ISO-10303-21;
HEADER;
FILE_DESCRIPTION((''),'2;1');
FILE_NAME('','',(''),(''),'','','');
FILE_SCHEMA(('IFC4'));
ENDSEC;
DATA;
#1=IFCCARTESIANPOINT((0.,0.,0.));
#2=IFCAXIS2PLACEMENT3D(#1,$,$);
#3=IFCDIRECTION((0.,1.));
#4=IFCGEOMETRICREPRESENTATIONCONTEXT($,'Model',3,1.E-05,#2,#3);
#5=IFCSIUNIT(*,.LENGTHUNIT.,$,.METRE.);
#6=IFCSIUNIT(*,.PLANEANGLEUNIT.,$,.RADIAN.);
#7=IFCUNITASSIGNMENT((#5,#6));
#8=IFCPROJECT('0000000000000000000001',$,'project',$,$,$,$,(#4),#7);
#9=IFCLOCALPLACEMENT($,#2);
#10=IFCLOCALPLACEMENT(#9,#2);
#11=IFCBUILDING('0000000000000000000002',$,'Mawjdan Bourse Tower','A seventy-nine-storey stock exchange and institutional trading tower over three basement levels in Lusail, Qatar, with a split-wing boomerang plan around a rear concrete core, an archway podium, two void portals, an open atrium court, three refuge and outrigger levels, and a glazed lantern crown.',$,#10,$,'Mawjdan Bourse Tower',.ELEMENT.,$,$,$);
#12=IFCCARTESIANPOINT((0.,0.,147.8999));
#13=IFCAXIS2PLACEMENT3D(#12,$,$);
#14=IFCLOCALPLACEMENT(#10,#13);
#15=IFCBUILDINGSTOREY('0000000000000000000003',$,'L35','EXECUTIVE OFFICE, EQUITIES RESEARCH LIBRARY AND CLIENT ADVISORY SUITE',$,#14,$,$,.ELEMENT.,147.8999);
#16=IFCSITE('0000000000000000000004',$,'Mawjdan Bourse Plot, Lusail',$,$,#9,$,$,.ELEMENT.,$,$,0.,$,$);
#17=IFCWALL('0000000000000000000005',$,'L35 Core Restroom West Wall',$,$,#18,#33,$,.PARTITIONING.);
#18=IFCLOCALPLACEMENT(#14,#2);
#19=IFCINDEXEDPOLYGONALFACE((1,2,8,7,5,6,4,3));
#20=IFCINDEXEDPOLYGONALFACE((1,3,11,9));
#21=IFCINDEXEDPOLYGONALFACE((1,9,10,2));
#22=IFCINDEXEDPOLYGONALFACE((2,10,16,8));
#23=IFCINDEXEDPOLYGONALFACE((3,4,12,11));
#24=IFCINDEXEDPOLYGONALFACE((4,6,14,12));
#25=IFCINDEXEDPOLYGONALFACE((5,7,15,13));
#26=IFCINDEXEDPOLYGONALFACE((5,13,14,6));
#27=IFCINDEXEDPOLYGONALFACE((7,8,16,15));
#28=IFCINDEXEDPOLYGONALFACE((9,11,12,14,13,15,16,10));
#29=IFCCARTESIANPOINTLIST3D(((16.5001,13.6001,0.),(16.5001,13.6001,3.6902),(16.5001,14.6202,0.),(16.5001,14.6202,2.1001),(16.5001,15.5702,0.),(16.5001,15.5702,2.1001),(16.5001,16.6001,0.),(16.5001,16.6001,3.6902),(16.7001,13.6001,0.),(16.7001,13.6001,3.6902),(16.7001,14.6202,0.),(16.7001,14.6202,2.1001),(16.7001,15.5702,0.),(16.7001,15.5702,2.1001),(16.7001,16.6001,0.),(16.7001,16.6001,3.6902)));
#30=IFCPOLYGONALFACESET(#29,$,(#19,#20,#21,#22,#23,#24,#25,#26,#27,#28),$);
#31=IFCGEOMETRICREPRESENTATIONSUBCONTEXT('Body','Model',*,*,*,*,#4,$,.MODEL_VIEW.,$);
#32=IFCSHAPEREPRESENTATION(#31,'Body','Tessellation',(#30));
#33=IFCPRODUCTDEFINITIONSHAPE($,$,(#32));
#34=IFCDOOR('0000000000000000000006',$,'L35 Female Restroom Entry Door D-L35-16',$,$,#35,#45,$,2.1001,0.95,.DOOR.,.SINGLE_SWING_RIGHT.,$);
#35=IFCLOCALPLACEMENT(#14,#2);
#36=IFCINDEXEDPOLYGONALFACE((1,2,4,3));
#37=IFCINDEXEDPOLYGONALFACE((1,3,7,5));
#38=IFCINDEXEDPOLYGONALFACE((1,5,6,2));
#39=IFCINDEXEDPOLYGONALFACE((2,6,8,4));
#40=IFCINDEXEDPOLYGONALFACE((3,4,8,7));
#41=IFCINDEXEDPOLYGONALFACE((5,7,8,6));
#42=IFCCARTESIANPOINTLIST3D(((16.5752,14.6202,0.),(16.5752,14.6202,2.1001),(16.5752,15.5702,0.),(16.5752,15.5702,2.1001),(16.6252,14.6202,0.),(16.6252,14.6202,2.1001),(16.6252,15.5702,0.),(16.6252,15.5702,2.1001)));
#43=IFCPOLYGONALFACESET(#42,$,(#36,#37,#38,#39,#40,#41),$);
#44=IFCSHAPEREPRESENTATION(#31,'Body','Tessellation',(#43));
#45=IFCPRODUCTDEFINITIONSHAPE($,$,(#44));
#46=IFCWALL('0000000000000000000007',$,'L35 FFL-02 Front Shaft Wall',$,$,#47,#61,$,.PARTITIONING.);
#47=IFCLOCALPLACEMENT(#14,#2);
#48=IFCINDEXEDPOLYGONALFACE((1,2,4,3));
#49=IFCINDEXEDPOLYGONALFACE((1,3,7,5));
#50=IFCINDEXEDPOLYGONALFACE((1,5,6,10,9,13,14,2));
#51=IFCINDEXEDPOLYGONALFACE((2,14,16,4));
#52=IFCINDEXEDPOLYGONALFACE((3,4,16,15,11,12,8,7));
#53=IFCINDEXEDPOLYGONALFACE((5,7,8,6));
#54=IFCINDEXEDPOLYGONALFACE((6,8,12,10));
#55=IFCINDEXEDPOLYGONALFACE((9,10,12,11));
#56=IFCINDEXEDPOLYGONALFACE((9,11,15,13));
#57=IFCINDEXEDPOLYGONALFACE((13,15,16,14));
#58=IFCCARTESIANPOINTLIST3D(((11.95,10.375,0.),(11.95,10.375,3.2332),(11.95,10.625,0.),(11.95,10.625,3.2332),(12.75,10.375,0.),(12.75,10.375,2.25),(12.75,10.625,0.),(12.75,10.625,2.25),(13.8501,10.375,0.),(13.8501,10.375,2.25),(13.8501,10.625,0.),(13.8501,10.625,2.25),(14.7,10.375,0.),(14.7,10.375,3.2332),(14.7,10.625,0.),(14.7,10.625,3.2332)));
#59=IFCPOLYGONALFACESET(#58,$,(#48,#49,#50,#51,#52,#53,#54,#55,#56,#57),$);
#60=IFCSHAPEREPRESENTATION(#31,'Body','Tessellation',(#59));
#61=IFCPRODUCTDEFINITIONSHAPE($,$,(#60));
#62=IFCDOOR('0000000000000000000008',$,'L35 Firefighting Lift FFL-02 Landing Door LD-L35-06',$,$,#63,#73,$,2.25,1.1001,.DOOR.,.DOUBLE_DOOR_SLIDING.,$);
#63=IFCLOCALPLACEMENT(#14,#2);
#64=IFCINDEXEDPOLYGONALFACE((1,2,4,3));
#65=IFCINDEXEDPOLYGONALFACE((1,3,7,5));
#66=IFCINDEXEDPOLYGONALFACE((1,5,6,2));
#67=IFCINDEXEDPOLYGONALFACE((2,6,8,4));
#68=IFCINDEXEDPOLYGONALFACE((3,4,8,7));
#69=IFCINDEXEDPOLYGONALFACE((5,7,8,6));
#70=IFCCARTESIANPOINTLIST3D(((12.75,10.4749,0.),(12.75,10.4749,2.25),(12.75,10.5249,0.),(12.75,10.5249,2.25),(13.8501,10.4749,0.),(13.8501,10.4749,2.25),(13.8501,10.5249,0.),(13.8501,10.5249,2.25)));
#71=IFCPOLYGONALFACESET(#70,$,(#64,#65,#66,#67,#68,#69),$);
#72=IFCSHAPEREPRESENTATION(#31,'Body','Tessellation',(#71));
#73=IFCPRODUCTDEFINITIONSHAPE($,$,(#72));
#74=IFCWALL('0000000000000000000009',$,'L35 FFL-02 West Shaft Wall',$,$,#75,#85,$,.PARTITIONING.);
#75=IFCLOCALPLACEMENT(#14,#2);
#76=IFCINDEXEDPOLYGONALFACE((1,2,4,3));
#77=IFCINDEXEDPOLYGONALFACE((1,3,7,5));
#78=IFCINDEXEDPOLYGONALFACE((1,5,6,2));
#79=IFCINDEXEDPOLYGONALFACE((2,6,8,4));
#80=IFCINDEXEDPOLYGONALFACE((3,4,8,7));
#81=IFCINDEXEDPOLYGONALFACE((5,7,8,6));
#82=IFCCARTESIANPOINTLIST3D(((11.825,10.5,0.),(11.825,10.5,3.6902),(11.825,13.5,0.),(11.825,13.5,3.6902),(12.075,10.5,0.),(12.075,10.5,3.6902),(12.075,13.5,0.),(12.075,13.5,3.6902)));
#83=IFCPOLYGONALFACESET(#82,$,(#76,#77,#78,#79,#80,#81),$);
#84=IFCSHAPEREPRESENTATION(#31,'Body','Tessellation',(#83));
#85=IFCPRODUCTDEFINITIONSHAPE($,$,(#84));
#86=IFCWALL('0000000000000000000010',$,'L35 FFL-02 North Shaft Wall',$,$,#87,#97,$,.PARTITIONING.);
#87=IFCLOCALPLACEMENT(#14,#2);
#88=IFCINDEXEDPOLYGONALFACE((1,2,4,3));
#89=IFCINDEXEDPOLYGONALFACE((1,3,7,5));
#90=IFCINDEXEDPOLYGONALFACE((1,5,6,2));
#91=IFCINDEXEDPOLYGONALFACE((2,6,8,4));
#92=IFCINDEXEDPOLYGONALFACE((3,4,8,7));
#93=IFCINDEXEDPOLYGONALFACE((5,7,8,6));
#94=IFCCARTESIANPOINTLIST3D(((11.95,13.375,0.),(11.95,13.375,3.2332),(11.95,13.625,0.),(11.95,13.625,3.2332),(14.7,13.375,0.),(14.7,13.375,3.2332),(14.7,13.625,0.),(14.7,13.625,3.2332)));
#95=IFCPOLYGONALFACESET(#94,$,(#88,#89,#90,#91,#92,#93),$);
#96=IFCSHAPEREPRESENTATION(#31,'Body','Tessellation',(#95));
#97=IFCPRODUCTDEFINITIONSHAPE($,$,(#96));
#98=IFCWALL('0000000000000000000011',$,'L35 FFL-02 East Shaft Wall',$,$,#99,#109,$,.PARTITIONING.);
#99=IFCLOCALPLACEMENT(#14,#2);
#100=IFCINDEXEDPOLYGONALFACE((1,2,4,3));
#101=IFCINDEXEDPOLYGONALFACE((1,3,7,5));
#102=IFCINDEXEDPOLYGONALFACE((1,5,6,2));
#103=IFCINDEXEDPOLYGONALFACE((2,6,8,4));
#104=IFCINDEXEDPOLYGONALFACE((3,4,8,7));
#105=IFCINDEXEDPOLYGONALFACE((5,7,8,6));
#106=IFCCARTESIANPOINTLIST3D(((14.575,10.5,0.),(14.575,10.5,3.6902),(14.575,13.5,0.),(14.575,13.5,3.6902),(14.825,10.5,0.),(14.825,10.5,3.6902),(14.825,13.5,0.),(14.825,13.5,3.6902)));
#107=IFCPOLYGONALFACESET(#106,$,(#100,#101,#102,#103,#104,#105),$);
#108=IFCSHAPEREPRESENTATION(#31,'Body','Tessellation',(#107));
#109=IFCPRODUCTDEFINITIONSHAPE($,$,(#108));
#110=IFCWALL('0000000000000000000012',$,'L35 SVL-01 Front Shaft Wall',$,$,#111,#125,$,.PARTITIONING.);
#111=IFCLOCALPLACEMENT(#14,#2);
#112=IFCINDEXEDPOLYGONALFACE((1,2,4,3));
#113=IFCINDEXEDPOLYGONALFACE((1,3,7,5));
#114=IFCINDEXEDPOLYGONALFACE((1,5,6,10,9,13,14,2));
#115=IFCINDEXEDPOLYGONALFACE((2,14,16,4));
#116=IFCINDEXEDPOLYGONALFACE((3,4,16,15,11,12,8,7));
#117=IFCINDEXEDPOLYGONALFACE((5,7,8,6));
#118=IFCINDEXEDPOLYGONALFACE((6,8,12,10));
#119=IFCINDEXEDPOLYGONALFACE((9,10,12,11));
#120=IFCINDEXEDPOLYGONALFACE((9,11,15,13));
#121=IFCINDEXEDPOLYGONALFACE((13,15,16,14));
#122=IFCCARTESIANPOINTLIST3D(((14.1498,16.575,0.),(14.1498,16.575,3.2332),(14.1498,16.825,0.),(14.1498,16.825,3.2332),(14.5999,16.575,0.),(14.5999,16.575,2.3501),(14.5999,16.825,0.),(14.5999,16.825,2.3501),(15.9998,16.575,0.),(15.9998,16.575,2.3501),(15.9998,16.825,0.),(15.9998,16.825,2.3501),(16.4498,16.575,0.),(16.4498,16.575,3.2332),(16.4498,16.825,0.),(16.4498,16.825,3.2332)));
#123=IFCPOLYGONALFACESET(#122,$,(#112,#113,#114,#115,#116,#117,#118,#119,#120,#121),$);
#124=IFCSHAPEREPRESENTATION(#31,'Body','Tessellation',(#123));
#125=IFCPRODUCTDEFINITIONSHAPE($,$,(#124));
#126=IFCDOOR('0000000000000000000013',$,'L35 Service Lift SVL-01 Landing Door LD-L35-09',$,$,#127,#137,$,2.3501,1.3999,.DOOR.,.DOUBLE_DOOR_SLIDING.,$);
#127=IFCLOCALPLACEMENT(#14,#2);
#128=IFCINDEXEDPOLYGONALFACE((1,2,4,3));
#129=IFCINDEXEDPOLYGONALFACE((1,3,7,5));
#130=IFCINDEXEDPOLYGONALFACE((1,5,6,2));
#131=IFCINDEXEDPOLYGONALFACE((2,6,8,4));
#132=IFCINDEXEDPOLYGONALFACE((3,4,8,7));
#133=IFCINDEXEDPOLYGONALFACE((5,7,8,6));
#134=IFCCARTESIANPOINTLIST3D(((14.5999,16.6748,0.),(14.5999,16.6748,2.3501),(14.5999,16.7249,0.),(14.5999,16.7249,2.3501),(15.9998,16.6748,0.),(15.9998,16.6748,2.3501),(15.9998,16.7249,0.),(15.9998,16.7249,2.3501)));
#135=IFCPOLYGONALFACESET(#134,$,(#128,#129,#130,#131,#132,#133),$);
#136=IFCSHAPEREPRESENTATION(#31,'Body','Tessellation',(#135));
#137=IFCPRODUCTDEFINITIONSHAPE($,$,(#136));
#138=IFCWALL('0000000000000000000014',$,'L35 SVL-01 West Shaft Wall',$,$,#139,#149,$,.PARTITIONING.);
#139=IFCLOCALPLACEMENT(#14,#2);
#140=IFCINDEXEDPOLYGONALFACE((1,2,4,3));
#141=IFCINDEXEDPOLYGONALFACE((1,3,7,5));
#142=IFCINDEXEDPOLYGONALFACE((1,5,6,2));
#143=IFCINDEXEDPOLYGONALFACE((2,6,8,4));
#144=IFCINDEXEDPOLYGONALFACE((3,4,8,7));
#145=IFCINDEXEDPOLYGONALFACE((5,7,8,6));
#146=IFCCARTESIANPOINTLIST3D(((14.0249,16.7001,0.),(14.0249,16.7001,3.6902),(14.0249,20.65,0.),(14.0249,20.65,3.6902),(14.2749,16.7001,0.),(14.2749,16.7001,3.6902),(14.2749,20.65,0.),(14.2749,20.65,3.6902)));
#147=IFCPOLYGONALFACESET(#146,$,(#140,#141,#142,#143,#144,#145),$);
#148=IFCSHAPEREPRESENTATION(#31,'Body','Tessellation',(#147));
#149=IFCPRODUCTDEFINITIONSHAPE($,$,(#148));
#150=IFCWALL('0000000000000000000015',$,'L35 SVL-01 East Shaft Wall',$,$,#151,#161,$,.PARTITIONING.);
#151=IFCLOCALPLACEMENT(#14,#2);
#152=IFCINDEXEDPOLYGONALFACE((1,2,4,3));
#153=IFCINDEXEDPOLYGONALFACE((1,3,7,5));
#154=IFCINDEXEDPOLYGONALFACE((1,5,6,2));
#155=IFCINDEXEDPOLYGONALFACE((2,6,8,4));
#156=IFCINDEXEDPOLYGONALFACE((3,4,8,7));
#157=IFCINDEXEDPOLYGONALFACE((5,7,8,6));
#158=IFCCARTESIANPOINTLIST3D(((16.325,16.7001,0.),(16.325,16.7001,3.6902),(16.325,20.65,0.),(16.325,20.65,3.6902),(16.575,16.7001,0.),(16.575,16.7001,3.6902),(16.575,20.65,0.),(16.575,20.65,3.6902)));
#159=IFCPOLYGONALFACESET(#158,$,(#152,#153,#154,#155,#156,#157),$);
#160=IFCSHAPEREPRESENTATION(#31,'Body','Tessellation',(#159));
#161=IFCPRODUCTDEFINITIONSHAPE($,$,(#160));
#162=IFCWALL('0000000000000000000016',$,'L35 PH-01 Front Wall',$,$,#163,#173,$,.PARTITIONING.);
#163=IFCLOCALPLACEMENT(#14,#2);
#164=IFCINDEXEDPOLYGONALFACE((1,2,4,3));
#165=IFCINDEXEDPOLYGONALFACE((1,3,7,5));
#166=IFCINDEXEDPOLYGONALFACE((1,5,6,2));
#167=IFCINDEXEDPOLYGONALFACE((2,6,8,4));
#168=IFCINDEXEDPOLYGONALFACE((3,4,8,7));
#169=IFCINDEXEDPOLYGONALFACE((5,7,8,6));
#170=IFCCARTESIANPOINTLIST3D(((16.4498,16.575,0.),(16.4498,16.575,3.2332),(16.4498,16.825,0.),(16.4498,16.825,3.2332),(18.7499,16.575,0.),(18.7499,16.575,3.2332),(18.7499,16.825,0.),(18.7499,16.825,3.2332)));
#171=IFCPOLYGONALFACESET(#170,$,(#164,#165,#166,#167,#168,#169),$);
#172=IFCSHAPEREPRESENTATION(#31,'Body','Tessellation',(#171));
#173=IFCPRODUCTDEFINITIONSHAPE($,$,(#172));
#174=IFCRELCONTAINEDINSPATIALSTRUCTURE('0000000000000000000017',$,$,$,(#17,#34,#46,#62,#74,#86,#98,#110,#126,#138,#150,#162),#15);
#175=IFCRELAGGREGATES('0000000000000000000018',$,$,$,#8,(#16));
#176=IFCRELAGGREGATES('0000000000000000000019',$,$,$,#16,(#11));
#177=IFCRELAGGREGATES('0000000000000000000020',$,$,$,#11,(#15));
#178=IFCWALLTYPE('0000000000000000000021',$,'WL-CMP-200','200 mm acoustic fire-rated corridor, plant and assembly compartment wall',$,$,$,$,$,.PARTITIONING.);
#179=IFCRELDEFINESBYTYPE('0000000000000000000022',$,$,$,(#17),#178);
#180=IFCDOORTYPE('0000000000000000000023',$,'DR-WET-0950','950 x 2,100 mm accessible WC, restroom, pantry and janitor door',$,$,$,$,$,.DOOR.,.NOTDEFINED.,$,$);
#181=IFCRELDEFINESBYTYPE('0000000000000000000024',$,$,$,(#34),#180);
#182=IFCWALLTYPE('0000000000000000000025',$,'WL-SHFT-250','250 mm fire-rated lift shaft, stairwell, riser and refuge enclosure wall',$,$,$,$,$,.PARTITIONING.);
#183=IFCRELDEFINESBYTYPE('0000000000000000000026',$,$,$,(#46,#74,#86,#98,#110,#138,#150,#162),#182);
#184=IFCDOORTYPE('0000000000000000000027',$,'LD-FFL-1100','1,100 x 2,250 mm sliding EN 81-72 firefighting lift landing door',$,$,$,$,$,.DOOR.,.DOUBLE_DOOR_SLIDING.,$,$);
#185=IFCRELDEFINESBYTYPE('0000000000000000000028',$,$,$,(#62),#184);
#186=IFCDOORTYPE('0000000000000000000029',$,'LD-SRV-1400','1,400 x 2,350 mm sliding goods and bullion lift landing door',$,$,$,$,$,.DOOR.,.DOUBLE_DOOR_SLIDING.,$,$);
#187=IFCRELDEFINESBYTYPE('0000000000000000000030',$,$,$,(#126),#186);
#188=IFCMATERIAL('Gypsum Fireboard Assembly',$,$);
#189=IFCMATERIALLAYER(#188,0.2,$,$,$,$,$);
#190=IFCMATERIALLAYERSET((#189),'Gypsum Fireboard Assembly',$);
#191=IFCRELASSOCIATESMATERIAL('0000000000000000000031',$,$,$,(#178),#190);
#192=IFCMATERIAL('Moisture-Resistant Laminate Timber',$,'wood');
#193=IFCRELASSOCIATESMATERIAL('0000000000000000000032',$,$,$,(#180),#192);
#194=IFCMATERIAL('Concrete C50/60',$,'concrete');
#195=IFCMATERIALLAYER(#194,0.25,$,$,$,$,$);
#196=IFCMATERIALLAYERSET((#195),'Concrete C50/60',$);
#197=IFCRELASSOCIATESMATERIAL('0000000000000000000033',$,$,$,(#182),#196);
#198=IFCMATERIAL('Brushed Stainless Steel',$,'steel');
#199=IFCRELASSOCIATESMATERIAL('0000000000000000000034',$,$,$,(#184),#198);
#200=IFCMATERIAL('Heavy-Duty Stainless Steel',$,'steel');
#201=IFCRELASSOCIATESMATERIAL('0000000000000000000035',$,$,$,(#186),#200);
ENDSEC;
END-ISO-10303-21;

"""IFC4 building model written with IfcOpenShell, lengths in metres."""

from ifc_helpers import new_model, si_unit, direction, frame, frame_2d, origin, place, context, subcontext, project, spatial, rectangle, extrude, material, layer, layer_set, type_object, element, fill, save


model = new_model("IFC4")

# Units and contexts
model_context = context("Model", 3, precision=1e-05, world=origin(), true_north=direction((0.0, 1.0)))
body_context = subcontext(model_context, "Body", "Model", "MODEL_VIEW")
ifc_project = project(units=[si_unit("LENGTHUNIT", "METRE"), si_unit("PLANEANGLEUNIT", "RADIAN")], contexts=[model_context])

# Site, building, storey
site_placement = place(None, origin())
site = spatial("IfcSite", under=ifc_project, at=site_placement, Name="Mawjdan Bourse Plot, Lusail", CompositionType="ELEMENT", RefElevation=0.0)
building_placement = place(site_placement, origin())
building = spatial("IfcBuilding", under=site, at=building_placement, Name="Mawjdan Bourse Tower", Description="A seventy-nine-storey stock exchange and institutional trading tower over three basement levels in Lusail, Qatar, with a split-wing boomerang plan around a rear concrete core, an archway podium, two void portals, an open atrium court, three refuge and outrigger levels, and a glazed lantern crown.", LongName="Mawjdan Bourse Tower", CompositionType="ELEMENT")
storey_placement = place(building_placement, frame((0.0, 0.0, 147.8999)))
storey = spatial("IfcBuildingStorey", under=building, at=storey_placement, Name="L35", Description="EXECUTIVE OFFICE, EQUITIES RESEARCH LIBRARY AND CLIENT ADVISORY SUITE", CompositionType="ELEMENT", Elevation=147.8999)

# Walls, openings, doors
ifc_material_1 = material(Name="Gypsum Fireboard Assembly")
ifc_layer_1 = layer(ifc_material_1, 0.2)
ifc_layer_set_1 = layer_set([ifc_layer_1], Name="Gypsum Fireboard Assembly")
wall_type_1 = type_object("IfcWallType", Name="WL-CMP-200", Description="200 mm acoustic fire-rated corridor, plant and assembly compartment wall", PredefinedType="PARTITIONING", material=ifc_layer_set_1)
wall_1_placement = place(storey_placement, frame((16.6001, 13.6001, 0.0), z_axis=(0.0, 0.0, 1.0), x_axis=(0.0, 1.0, 0.0)))
wall_1 = element("IfcWall", 1, at=wall_1_placement, inside=storey, type_object=wall_type_1, Name="L35 Core Restroom West Wall", PredefinedType="PARTITIONING", context=body_context, shape_type="SweptSolid", body=[
    extrude(rectangle(XDim=3.0, YDim=0.2, at=frame_2d((1.5, 0.0))), origin(), (0.0, 0.0, 1.0), 3.6902),
])
opening_1_placement = place(wall_1_placement, frame((1.02, 0.0, 0.0)))
opening_1 = element("IfcOpeningElement", 2, at=opening_1_placement, cuts=wall_1, PredefinedType="OPENING", context=body_context, shape_type="SweptSolid", body=[
    extrude(rectangle(XDim=0.95, YDim=2.1001, at=frame_2d((0.4751, 1.05))), frame((0.0, 0.1099, 0.0), z_axis=(0.0, -1.0, 0.0), x_axis=(1.0, 0.0, 0.0)), (0.0, 0.0, 1.0), 0.22),
])
ifc_material_2 = material(Name="Moisture-Resistant Laminate Timber", Category="wood")
door_type_1 = type_object("IfcDoorType", Name="DR-WET-0950", Description="950 x 2,100 mm accessible WC, restroom, pantry and janitor door", OperationType="NOTDEFINED", PredefinedType="DOOR", material=ifc_material_2)
door_1_placement = place(opening_1_placement, origin())
door_1 = element("IfcDoor", 3, at=door_1_placement, inside=storey, type_object=door_type_1, Name="L35 Female Restroom Entry Door D-L35-16", OperationType="SINGLE_SWING_RIGHT", OverallHeight=2.1001, OverallWidth=0.95, PredefinedType="DOOR", context=body_context, shape_type="SweptSolid", body=[
    extrude(rectangle(XDim=0.95, YDim=2.1001, at=frame_2d((0.4751, 1.05))), frame((0.0, 0.0249, 0.0), z_axis=(0.0, -1.0, 0.0), x_axis=(1.0, 0.0, 0.0)), (0.0, 0.0, 1.0), 0.05),
])
fill(opening_1, door_1)
ifc_material_3 = material(Name="Concrete C50/60", Category="concrete")
ifc_layer_2 = layer(ifc_material_3, 0.25)
ifc_layer_set_2 = layer_set([ifc_layer_2], Name="Concrete C50/60")
wall_type_2 = type_object("IfcWallType", Name="WL-SHFT-250", Description="250 mm fire-rated lift shaft, stairwell, riser and refuge enclosure wall", PredefinedType="PARTITIONING", material=ifc_layer_set_2)
wall_2_placement = place(storey_placement, frame((11.95, 10.5, 0.0), z_axis=(0.0, 0.0, 1.0), x_axis=(1.0, 0.0, 0.0)))
wall_2 = element("IfcWall", 4, at=wall_2_placement, inside=storey, type_object=wall_type_2, Name="L35 FFL-02 Front Shaft Wall", PredefinedType="PARTITIONING", context=body_context, shape_type="SweptSolid", body=[
    extrude(rectangle(XDim=2.75, YDim=0.25, at=frame_2d((1.375, 0.0))), origin(), (0.0, 0.0, 1.0), 3.2332),
])
opening_2_placement = place(wall_2_placement, frame((0.8, 0.0, 0.0)))
opening_2 = element("IfcOpeningElement", 5, at=opening_2_placement, cuts=wall_2, PredefinedType="OPENING", context=body_context, shape_type="SweptSolid", body=[
    extrude(rectangle(XDim=1.1001, YDim=2.25, at=frame_2d((0.55, 1.125))), frame((0.0, 0.135, 0.0), z_axis=(0.0, -1.0, 0.0), x_axis=(1.0, 0.0, 0.0)), (0.0, 0.0, 1.0), 0.27),
])
ifc_material_4 = material(Name="Brushed Stainless Steel", Category="steel")
door_type_2 = type_object("IfcDoorType", Name="LD-FFL-1100", Description="1,100 x 2,250 mm sliding EN 81-72 firefighting lift landing door", OperationType="DOUBLE_DOOR_SLIDING", PredefinedType="DOOR", material=ifc_material_4)
door_2_placement = place(opening_2_placement, origin())
door_2 = element("IfcDoor", 6, at=door_2_placement, inside=storey, type_object=door_type_2, Name="L35 Firefighting Lift FFL-02 Landing Door LD-L35-06", OperationType="DOUBLE_DOOR_SLIDING", OverallHeight=2.25, OverallWidth=1.1001, PredefinedType="DOOR", context=body_context, shape_type="SweptSolid", body=[
    extrude(rectangle(XDim=1.1001, YDim=2.25, at=frame_2d((0.55, 1.125))), frame((0.0, 0.0249, 0.0), z_axis=(0.0, -1.0, 0.0), x_axis=(1.0, 0.0, 0.0)), (0.0, 0.0, 1.0), 0.05),
])
fill(opening_2, door_2)

# Walls
wall_3_placement = place(storey_placement, frame((11.95, 10.5, 0.0), z_axis=(0.0, 0.0, 1.0), x_axis=(0.0, 1.0, 0.0)))
element("IfcWall", 7, at=wall_3_placement, inside=storey, type_object=wall_type_2, Name="L35 FFL-02 West Shaft Wall", PredefinedType="PARTITIONING", context=body_context, shape_type="SweptSolid", body=[
    extrude(rectangle(XDim=3.0, YDim=0.25, at=frame_2d((1.5, 0.0))), origin(), (0.0, 0.0, 1.0), 3.6902),
])
wall_4_placement = place(storey_placement, frame((11.95, 13.5, 0.0), z_axis=(0.0, 0.0, 1.0), x_axis=(1.0, 0.0, 0.0)))
element("IfcWall", 8, at=wall_4_placement, inside=storey, type_object=wall_type_2, Name="L35 FFL-02 North Shaft Wall", PredefinedType="PARTITIONING", context=body_context, shape_type="SweptSolid", body=[
    extrude(rectangle(XDim=2.75, YDim=0.25, at=frame_2d((1.375, 0.0))), origin(), (0.0, 0.0, 1.0), 3.2332),
])
wall_5_placement = place(storey_placement, frame((14.7, 10.5, 0.0), z_axis=(0.0, 0.0, 1.0), x_axis=(0.0, 1.0, 0.0)))
element("IfcWall", 9, at=wall_5_placement, inside=storey, type_object=wall_type_2, Name="L35 FFL-02 East Shaft Wall", PredefinedType="PARTITIONING", context=body_context, shape_type="SweptSolid", body=[
    extrude(rectangle(XDim=3.0, YDim=0.25, at=frame_2d((1.5, 0.0))), origin(), (0.0, 0.0, 1.0), 3.6902),
])

# Wall, opening, door
wall_6_placement = place(storey_placement, frame((14.1499, 16.7, 0.0), z_axis=(0.0, 0.0, 1.0), x_axis=(1.0, 0.0, 0.0)))
wall_6 = element("IfcWall", 10, at=wall_6_placement, inside=storey, type_object=wall_type_2, Name="L35 SVL-01 Front Shaft Wall", PredefinedType="PARTITIONING", context=body_context, shape_type="SweptSolid", body=[
    extrude(rectangle(XDim=2.3, YDim=0.25, at=frame_2d((1.1499, 0.0))), origin(), (0.0, 0.0, 1.0), 3.2332),
])
opening_3_placement = place(wall_6_placement, frame((0.45, 0.0, 0.0)))
opening_3 = element("IfcOpeningElement", 11, at=opening_3_placement, cuts=wall_6, PredefinedType="OPENING", context=body_context, shape_type="SweptSolid", body=[
    extrude(rectangle(XDim=1.3999, YDim=2.3501, at=frame_2d((0.7, 1.175))), frame((0.0, 0.135, 0.0), z_axis=(0.0, -1.0, 0.0), x_axis=(1.0, 0.0, 0.0)), (0.0, 0.0, 1.0), 0.27),
])
ifc_material_5 = material(Name="Heavy-Duty Stainless Steel", Category="steel")
door_type_3 = type_object("IfcDoorType", Name="LD-SRV-1400", Description="1,400 x 2,350 mm sliding goods and bullion lift landing door", OperationType="DOUBLE_DOOR_SLIDING", PredefinedType="DOOR", material=ifc_material_5)
door_3_placement = place(opening_3_placement, origin())
door_3 = element("IfcDoor", 12, at=door_3_placement, inside=storey, type_object=door_type_3, Name="L35 Service Lift SVL-01 Landing Door LD-L35-09", OperationType="DOUBLE_DOOR_SLIDING", OverallHeight=2.3501, OverallWidth=1.3999, PredefinedType="DOOR", context=body_context, shape_type="SweptSolid", body=[
    extrude(rectangle(XDim=1.3999, YDim=2.3501, at=frame_2d((0.7, 1.175))), frame((0.0, 0.0249, 0.0), z_axis=(0.0, -1.0, 0.0), x_axis=(1.0, 0.0, 0.0)), (0.0, 0.0, 1.0), 0.05),
])
fill(opening_3, door_3)

# Walls
for number, where, z_axis, x_axis, name in (
    (13, (14.1499, 16.7, 0.0), (0.0, 0.0, 1.0), (0.0, 1.0, 0.0), "L35 SVL-01 West Shaft Wall"),
    (14, (16.45, 16.7, 0.0), (0.0, 0.0, 1.0), (0.0, 1.0, 0.0), "L35 SVL-01 East Shaft Wall"),
):
    element("IfcWall", number, at=place(storey_placement, frame(where, z_axis=z_axis, x_axis=x_axis)), inside=storey, type_object=wall_type_2, Name=name, PredefinedType="PARTITIONING", context=body_context, shape_type="SweptSolid", body=[
        extrude(rectangle(XDim=3.95, YDim=0.25, at=frame_2d((1.9751, 0.0))), origin(), (0.0, 0.0, 1.0), 3.6902),
    ])
wall_7_placement = place(storey_placement, frame((16.45, 16.7, 0.0), z_axis=(0.0, 0.0, 1.0), x_axis=(1.0, 0.0, 0.0)))
element("IfcWall", 15, at=wall_7_placement, inside=storey, type_object=wall_type_2, Name="L35 PH-01 Front Wall", PredefinedType="PARTITIONING", context=body_context, shape_type="SweptSolid", body=[
    extrude(rectangle(XDim=2.3, YDim=0.25, at=frame_2d((1.1499, 0.0))), origin(), (0.0, 0.0, 1.0), 3.2332),
])

save(model, "model.ifc")
